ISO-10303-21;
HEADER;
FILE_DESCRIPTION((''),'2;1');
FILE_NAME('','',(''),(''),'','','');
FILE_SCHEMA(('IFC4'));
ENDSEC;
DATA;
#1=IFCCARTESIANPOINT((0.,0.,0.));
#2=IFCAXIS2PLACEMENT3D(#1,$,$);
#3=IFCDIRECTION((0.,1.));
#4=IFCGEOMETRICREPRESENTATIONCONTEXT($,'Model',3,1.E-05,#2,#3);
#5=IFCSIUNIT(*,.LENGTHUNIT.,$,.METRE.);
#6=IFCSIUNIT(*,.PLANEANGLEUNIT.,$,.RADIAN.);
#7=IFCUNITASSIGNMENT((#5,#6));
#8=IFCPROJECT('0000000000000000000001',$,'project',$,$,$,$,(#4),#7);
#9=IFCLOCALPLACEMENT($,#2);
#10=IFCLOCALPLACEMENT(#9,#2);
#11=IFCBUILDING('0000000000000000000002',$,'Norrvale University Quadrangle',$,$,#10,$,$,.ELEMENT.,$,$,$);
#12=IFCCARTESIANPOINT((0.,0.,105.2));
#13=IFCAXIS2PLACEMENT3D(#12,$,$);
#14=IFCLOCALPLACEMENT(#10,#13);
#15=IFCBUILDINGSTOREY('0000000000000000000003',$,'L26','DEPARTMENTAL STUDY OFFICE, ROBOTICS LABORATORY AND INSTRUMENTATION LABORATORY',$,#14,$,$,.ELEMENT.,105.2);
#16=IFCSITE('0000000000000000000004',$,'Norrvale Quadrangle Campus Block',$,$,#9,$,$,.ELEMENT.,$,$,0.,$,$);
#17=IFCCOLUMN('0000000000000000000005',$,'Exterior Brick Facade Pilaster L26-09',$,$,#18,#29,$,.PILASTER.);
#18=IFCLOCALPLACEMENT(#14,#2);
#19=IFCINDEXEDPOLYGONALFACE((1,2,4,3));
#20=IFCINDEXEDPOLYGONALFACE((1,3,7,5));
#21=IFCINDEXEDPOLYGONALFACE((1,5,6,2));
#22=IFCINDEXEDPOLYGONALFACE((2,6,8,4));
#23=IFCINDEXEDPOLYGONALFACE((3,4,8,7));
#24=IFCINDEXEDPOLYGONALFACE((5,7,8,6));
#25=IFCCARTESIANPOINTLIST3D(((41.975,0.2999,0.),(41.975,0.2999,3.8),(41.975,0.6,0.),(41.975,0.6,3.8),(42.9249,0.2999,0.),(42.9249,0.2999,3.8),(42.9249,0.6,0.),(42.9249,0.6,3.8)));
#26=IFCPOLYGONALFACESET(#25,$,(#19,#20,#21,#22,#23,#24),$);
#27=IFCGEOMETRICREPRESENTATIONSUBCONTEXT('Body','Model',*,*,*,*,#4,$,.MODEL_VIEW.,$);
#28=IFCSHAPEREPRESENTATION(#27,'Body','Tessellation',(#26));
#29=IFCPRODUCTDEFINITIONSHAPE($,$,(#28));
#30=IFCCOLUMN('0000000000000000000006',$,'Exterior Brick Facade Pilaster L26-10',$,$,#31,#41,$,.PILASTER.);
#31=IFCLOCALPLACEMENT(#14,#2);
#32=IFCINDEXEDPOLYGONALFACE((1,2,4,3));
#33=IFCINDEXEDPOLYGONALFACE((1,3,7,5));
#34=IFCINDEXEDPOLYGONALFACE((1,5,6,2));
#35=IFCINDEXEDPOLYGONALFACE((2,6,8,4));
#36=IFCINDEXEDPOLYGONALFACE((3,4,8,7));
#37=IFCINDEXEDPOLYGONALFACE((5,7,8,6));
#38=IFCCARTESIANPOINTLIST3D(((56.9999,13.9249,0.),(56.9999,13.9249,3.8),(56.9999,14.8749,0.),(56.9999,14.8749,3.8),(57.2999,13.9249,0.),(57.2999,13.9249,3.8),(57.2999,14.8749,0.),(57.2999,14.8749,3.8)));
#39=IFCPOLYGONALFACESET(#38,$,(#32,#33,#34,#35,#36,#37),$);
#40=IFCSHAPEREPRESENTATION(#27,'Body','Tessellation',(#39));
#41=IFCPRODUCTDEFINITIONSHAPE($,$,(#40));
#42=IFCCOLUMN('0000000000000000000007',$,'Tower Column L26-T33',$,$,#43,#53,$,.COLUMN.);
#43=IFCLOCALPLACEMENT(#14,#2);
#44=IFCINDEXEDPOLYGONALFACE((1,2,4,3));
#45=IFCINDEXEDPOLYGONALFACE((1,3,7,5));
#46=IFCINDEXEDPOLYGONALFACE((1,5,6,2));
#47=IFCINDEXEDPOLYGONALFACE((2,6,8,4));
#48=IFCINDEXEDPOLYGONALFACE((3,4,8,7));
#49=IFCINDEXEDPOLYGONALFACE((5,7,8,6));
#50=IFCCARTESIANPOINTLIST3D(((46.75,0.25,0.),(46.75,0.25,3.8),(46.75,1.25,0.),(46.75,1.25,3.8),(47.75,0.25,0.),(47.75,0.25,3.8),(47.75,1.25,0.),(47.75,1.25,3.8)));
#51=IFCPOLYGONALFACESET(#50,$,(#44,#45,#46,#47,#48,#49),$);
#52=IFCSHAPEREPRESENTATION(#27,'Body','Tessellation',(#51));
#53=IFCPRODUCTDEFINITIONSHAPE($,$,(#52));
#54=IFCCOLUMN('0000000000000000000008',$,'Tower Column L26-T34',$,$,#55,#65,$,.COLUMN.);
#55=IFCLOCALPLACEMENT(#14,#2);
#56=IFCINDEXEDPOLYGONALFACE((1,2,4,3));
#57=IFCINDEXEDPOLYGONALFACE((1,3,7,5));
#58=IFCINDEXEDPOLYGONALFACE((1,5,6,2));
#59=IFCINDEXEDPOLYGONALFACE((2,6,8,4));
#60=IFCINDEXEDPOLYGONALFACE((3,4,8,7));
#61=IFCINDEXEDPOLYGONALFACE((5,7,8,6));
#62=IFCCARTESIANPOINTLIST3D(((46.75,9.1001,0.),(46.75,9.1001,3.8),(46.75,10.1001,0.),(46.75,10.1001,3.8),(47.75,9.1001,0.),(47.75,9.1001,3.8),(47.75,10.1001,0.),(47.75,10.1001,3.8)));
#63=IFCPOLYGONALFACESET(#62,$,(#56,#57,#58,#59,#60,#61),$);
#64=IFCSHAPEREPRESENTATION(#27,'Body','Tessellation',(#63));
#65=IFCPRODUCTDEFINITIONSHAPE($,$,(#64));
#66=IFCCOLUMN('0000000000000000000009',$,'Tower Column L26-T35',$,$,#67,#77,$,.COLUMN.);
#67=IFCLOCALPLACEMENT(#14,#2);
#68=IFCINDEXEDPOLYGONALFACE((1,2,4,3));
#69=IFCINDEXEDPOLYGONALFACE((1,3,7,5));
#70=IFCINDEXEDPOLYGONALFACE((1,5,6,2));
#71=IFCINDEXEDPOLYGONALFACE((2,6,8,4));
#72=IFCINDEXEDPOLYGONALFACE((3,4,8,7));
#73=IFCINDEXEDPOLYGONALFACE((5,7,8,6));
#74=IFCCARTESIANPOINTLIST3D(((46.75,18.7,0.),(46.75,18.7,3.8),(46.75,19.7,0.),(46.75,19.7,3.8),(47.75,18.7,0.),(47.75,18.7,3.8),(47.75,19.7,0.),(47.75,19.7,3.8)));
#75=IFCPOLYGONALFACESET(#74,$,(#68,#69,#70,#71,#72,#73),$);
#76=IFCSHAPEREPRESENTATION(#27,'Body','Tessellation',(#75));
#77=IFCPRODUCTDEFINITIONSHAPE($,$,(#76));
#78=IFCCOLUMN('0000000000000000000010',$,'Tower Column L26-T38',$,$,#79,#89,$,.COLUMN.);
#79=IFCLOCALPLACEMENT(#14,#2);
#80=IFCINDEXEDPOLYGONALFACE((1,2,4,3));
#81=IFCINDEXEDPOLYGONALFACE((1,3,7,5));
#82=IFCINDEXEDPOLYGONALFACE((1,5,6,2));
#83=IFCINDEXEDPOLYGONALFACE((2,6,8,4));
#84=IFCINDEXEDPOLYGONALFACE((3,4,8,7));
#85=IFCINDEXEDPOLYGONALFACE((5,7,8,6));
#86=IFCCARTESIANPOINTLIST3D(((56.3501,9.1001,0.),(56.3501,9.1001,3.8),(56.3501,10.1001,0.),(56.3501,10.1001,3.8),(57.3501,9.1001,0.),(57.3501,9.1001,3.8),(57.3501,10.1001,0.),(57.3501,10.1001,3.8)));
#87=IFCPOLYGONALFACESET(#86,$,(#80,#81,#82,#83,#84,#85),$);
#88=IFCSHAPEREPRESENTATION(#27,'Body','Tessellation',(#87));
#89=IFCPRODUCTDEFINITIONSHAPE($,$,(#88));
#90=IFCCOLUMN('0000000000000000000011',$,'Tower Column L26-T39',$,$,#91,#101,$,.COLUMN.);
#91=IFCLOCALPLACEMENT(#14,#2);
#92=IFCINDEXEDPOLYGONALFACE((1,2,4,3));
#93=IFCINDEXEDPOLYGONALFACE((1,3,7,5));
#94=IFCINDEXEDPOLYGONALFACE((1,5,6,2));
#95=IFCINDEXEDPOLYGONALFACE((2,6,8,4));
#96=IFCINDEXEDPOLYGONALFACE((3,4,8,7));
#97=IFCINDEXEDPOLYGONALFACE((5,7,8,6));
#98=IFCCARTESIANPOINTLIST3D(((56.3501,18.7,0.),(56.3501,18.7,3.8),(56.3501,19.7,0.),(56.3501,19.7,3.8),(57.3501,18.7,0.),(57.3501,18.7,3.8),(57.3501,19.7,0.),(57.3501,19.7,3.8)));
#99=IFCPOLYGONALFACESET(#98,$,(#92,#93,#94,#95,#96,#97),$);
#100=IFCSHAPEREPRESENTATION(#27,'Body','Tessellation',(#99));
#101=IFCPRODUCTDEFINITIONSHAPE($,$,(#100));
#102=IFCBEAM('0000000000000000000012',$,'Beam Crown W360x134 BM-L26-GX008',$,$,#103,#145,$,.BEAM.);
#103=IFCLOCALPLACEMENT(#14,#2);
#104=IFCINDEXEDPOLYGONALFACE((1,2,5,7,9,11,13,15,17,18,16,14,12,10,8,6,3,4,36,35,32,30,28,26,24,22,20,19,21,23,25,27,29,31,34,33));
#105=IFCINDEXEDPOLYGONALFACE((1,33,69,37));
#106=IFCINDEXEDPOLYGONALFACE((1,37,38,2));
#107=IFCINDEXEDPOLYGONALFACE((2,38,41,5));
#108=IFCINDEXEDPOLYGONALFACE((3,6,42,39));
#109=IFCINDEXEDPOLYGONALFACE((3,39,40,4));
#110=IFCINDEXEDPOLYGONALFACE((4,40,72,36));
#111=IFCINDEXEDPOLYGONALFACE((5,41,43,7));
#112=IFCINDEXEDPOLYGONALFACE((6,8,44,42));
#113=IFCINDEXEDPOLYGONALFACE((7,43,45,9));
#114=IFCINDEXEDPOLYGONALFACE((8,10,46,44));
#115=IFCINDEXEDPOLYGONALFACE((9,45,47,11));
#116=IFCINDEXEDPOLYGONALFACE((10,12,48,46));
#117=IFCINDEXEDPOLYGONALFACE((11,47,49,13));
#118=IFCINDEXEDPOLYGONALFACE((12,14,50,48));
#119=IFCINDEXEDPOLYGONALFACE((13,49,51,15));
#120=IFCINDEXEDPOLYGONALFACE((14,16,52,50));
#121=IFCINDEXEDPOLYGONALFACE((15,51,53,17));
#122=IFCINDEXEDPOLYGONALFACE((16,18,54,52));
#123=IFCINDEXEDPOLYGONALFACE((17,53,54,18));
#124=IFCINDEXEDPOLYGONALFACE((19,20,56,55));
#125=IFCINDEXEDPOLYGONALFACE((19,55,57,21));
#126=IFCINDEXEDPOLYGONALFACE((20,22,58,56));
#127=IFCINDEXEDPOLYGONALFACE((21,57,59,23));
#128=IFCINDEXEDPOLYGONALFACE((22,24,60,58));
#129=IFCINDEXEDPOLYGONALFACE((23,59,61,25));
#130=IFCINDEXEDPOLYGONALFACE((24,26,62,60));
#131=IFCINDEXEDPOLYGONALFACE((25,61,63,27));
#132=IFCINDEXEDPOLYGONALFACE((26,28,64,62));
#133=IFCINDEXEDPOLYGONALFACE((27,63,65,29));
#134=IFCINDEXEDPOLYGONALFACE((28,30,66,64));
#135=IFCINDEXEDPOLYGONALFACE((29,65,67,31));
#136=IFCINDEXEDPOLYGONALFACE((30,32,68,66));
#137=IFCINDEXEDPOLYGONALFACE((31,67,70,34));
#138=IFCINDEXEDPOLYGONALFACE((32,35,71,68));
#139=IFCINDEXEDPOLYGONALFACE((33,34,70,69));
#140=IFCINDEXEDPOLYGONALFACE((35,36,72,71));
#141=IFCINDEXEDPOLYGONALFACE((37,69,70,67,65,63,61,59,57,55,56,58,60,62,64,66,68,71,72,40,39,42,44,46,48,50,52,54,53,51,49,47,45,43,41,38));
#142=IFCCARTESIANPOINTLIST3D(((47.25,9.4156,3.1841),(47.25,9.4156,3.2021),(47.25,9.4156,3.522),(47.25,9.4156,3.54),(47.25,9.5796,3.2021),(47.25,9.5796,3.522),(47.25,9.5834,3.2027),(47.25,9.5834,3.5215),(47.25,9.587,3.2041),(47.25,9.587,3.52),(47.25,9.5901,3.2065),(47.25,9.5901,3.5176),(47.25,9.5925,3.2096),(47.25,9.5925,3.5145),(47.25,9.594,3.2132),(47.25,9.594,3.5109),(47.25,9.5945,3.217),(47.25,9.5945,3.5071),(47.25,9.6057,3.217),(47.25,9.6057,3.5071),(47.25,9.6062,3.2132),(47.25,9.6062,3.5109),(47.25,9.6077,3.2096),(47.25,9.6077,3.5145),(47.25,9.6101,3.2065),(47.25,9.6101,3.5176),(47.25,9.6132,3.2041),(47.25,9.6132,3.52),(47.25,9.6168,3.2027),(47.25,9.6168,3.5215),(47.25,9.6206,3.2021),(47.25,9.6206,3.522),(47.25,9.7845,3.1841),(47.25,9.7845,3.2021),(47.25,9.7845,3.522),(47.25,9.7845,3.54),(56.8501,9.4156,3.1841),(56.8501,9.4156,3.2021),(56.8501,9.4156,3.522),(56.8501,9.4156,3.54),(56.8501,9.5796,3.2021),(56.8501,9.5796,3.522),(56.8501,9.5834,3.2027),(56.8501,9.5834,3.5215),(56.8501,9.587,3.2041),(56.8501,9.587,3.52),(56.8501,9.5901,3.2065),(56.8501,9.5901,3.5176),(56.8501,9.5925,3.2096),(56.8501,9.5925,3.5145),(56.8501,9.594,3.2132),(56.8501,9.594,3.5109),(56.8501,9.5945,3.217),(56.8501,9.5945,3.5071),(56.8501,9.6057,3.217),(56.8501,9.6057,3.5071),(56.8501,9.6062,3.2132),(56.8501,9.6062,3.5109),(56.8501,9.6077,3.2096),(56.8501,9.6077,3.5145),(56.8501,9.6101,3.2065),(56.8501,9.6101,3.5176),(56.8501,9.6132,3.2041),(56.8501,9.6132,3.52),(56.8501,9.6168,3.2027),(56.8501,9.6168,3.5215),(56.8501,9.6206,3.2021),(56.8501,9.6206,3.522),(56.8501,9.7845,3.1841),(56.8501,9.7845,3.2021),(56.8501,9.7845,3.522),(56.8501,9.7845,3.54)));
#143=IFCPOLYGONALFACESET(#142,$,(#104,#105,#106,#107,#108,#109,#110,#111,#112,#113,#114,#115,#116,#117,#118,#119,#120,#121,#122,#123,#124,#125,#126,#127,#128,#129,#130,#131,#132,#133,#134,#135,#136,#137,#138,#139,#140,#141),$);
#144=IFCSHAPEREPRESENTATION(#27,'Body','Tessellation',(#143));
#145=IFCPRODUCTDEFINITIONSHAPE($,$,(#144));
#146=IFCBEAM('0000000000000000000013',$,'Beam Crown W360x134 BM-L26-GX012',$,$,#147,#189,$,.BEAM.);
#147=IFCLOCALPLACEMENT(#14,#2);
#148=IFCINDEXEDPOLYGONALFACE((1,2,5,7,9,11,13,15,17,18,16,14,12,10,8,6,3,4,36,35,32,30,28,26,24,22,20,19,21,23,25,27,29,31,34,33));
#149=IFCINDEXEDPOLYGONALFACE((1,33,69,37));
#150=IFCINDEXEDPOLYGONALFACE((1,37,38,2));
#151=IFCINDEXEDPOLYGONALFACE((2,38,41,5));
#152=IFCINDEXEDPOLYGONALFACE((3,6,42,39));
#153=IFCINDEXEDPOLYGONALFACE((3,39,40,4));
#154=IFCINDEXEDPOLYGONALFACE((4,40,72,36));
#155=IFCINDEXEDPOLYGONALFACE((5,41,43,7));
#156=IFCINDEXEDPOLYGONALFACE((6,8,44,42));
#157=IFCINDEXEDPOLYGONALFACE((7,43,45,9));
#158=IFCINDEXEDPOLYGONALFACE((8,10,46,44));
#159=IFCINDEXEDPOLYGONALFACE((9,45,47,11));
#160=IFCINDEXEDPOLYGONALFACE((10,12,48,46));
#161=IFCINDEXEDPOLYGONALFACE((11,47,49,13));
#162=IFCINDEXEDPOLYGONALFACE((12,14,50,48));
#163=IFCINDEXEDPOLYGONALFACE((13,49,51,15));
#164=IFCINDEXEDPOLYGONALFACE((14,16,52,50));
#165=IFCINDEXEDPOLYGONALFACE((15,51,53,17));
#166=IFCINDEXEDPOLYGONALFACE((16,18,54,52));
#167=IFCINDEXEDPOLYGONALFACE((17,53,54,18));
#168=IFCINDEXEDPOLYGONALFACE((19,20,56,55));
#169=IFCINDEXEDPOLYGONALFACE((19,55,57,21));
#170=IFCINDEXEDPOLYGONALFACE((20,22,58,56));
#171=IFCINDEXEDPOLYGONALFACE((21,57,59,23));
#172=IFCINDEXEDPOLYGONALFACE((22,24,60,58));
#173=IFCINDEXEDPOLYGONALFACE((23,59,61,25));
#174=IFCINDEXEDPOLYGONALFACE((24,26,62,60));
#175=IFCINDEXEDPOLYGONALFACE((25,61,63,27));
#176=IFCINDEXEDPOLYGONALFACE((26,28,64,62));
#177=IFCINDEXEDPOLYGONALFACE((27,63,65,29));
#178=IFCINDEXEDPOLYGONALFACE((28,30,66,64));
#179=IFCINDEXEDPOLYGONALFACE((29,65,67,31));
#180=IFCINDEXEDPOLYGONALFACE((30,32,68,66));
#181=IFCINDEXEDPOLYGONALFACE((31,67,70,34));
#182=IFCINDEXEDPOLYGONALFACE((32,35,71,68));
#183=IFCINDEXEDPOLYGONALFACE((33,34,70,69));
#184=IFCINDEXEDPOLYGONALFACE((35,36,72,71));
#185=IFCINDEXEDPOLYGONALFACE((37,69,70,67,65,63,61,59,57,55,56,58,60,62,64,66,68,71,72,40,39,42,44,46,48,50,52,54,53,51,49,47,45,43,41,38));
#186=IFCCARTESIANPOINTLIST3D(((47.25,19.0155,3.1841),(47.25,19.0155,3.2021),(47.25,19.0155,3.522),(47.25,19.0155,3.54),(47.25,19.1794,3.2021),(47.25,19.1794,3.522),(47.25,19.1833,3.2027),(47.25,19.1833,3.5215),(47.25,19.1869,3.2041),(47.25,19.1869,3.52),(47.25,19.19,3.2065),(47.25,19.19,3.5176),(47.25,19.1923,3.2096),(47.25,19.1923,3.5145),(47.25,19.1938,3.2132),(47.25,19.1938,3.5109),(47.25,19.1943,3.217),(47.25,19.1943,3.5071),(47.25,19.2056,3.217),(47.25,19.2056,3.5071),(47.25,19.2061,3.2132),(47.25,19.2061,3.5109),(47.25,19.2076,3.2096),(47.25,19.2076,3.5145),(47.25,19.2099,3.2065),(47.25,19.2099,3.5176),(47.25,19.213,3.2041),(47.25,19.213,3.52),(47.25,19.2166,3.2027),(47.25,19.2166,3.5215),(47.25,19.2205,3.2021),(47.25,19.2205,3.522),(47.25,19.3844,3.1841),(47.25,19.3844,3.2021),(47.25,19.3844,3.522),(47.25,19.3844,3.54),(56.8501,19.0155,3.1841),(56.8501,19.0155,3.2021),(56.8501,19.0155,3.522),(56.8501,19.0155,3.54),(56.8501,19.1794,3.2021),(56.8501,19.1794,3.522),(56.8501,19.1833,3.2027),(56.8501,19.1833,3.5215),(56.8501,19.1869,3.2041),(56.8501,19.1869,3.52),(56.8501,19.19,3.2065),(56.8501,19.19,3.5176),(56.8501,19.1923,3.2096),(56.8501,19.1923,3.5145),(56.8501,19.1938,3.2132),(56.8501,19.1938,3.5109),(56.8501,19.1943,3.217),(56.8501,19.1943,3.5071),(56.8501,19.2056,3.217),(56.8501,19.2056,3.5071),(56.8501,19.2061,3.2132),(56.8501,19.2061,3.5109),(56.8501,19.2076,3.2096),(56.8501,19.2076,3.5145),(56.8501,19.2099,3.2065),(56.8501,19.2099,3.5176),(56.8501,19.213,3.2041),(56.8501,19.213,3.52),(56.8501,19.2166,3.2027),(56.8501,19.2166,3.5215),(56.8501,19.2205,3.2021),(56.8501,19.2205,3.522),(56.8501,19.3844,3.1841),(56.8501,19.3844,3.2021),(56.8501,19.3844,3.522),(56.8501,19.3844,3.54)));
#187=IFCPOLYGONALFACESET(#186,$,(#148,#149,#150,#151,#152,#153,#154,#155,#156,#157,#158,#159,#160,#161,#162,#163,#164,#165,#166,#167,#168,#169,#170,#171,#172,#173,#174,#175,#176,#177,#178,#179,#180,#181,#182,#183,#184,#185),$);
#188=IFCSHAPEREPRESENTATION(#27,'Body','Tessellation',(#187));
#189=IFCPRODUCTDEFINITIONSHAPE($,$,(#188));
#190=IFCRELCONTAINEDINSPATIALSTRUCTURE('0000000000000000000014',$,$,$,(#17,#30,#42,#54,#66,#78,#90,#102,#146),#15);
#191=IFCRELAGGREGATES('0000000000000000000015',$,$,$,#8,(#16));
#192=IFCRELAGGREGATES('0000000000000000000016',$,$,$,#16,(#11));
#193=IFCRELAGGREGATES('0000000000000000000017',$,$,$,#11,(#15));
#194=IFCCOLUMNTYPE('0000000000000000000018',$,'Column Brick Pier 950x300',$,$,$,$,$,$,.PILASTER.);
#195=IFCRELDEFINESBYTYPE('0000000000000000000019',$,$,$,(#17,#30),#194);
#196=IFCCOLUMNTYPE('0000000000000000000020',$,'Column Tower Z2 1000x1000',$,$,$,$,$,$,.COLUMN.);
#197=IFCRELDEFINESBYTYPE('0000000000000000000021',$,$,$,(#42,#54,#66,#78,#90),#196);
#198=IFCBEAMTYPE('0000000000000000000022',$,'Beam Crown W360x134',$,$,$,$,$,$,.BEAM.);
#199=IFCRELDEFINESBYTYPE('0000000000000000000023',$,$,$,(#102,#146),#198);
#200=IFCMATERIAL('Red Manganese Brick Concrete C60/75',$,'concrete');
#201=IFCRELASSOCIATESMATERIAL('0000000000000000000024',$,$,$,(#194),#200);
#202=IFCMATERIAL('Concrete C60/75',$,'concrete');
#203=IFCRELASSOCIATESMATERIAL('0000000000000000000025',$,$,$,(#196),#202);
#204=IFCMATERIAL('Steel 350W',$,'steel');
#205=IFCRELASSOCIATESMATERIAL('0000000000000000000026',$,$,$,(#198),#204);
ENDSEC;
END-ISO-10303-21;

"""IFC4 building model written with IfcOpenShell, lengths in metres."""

from ifc_helpers import new_model, si_unit, direction, frame, origin, origin_2d, place, context, subcontext, project, spatial, rectangle, i_section, extrude, material, material_profile, profile_set, type_object, element, save


model = new_model("IFC4")

# Units and contexts
model_context = context("Model", 3, precision=1e-05, world=origin(), true_north=direction((0.0, 1.0)))
body_context = subcontext(model_context, "Body", "Model", "MODEL_VIEW")
ifc_project = project(units=[si_unit("LENGTHUNIT", "METRE"), si_unit("PLANEANGLEUNIT", "RADIAN")], contexts=[model_context])

# Site, building, storey
site_placement = place(None, origin())
site = spatial("IfcSite", under=ifc_project, at=site_placement, Name="Norrvale Quadrangle Campus Block", CompositionType="ELEMENT", RefElevation=0.0)
building_placement = place(site_placement, origin())
building = spatial("IfcBuilding", under=site, at=building_placement, Name="Norrvale University Quadrangle", CompositionType="ELEMENT")
storey_placement = place(building_placement, frame((0.0, 0.0, 105.2)))
storey = spatial("IfcBuildingStorey", under=building, at=storey_placement, Name="L26", Description="DEPARTMENTAL STUDY OFFICE, ROBOTICS LABORATORY AND INSTRUMENTATION LABORATORY", CompositionType="ELEMENT", Elevation=105.2)

# Columns
ifc_material_1 = material(Name="Red Manganese Brick Concrete C60/75", Category="concrete")
ifc_material_profile_1 = material_profile(ifc_material_1, rectangle(XDim=0.95, YDim=0.3, at=origin_2d()), Name="Red Manganese Brick Concrete C60/75")
ifc_profile_set_1 = profile_set([ifc_material_profile_1], Name="Red Manganese Brick Concrete C60/75")
column_type_1 = type_object("IfcColumnType", Name="Column Brick Pier 950x300", PredefinedType="PILASTER", material=ifc_profile_set_1)
for number, where, z_axis, x_axis, name in (
    (1, (42.45, 0.45, 0.0), (0.0, 0.0, 1.0), (1.0, 0.0, 0.0), "Exterior Brick Facade Pilaster L26-09"),
    (2, (57.1499, 14.3999, 0.0), (0.0, 0.0, 1.0), (0.0, 1.0, 0.0), "Exterior Brick Facade Pilaster L26-10"),
):
    element("IfcColumn", number, at=place(storey_placement, frame(where, z_axis=z_axis, x_axis=x_axis)), inside=storey, type_object=column_type_1, Name=name, PredefinedType="PILASTER", context=body_context, shape_type="SweptSolid", body=[
        extrude(rectangle(XDim=0.95, YDim=0.3, at=origin_2d()), origin(), (0.0, 0.0, 1.0), 3.8),
    ])
ifc_material_2 = material(Name="Concrete C60/75", Category="concrete")
ifc_material_profile_2 = material_profile(ifc_material_2, rectangle(XDim=1.0, YDim=1.0, at=origin_2d()), Name="Concrete C60/75")
ifc_profile_set_2 = profile_set([ifc_material_profile_2], Name="Concrete C60/75")
column_type_2 = type_object("IfcColumnType", Name="Column Tower Z2 1000x1000", PredefinedType="COLUMN", material=ifc_profile_set_2)
for number, where, z_axis, x_axis, name in (
    (3, (47.25, 0.75, 0.0), (0.0, 0.0, 1.0), (1.0, 0.0, 0.0), "Tower Column L26-T33"),
    (4, (47.25, 9.6001, 0.0), (0.0, 0.0, 1.0), (1.0, 0.0, 0.0), "Tower Column L26-T34"),
    (5, (47.25, 19.2, 0.0), (0.0, 0.0, 1.0), (1.0, 0.0, 0.0), "Tower Column L26-T35"),
    (6, (56.8501, 9.6001, 0.0), (0.0, 0.0, 1.0), (1.0, 0.0, 0.0), "Tower Column L26-T38"),
    (7, (56.8501, 19.2, 0.0), (0.0, 0.0, 1.0), (1.0, 0.0, 0.0), "Tower Column L26-T39"),
):
    element("IfcColumn", number, at=place(storey_placement, frame(where, z_axis=z_axis, x_axis=x_axis)), inside=storey, type_object=column_type_2, Name=name, PredefinedType="COLUMN", context=body_context, shape_type="SweptSolid", body=[
        extrude(rectangle(XDim=1.0, YDim=1.0, at=origin_2d()), origin(), (0.0, 0.0, 1.0), 3.8),
    ])

# Beams
ifc_material_3 = material(Name="Steel 350W", Category="steel")
ifc_material_profile_3 = material_profile(ifc_material_3, i_section(OverallWidth=0.3689, OverallDepth=0.356, WebThickness=0.0112, FlangeThickness=0.0181, FilletRadius=0.0149, at=origin_2d()), Name="Steel 350W")
ifc_profile_set_3 = profile_set([ifc_material_profile_3], Name="Steel 350W")
beam_type_1 = type_object("IfcBeamType", Name="Beam Crown W360x134", PredefinedType="BEAM", material=ifc_profile_set_3)
for number, where, z_axis, x_axis, name in (
    (8, (47.25, 9.6001, 3.3621), (1.0, 0.0, 0.0), (0.0, 1.0, 0.0), "Beam Crown W360x134 BM-L26-GX008"),
    (9, (47.25, 19.2, 3.3621), (1.0, 0.0, 0.0), (0.0, 1.0, 0.0), "Beam Crown W360x134 BM-L26-GX012"),
):
    element("IfcBeam", number, at=place(storey_placement, frame(where, z_axis=z_axis, x_axis=x_axis)), inside=storey, type_object=beam_type_1, Name=name, PredefinedType="BEAM", context=body_context, shape_type="SweptSolid", body=[
        extrude(i_section(OverallWidth=0.3689, OverallDepth=0.356, WebThickness=0.0112, FlangeThickness=0.0181, FilletRadius=0.0149, at=origin_2d()), origin(), (0.0, 0.0, 1.0), 9.6001),
    ])

save(model, "model.ifc")
